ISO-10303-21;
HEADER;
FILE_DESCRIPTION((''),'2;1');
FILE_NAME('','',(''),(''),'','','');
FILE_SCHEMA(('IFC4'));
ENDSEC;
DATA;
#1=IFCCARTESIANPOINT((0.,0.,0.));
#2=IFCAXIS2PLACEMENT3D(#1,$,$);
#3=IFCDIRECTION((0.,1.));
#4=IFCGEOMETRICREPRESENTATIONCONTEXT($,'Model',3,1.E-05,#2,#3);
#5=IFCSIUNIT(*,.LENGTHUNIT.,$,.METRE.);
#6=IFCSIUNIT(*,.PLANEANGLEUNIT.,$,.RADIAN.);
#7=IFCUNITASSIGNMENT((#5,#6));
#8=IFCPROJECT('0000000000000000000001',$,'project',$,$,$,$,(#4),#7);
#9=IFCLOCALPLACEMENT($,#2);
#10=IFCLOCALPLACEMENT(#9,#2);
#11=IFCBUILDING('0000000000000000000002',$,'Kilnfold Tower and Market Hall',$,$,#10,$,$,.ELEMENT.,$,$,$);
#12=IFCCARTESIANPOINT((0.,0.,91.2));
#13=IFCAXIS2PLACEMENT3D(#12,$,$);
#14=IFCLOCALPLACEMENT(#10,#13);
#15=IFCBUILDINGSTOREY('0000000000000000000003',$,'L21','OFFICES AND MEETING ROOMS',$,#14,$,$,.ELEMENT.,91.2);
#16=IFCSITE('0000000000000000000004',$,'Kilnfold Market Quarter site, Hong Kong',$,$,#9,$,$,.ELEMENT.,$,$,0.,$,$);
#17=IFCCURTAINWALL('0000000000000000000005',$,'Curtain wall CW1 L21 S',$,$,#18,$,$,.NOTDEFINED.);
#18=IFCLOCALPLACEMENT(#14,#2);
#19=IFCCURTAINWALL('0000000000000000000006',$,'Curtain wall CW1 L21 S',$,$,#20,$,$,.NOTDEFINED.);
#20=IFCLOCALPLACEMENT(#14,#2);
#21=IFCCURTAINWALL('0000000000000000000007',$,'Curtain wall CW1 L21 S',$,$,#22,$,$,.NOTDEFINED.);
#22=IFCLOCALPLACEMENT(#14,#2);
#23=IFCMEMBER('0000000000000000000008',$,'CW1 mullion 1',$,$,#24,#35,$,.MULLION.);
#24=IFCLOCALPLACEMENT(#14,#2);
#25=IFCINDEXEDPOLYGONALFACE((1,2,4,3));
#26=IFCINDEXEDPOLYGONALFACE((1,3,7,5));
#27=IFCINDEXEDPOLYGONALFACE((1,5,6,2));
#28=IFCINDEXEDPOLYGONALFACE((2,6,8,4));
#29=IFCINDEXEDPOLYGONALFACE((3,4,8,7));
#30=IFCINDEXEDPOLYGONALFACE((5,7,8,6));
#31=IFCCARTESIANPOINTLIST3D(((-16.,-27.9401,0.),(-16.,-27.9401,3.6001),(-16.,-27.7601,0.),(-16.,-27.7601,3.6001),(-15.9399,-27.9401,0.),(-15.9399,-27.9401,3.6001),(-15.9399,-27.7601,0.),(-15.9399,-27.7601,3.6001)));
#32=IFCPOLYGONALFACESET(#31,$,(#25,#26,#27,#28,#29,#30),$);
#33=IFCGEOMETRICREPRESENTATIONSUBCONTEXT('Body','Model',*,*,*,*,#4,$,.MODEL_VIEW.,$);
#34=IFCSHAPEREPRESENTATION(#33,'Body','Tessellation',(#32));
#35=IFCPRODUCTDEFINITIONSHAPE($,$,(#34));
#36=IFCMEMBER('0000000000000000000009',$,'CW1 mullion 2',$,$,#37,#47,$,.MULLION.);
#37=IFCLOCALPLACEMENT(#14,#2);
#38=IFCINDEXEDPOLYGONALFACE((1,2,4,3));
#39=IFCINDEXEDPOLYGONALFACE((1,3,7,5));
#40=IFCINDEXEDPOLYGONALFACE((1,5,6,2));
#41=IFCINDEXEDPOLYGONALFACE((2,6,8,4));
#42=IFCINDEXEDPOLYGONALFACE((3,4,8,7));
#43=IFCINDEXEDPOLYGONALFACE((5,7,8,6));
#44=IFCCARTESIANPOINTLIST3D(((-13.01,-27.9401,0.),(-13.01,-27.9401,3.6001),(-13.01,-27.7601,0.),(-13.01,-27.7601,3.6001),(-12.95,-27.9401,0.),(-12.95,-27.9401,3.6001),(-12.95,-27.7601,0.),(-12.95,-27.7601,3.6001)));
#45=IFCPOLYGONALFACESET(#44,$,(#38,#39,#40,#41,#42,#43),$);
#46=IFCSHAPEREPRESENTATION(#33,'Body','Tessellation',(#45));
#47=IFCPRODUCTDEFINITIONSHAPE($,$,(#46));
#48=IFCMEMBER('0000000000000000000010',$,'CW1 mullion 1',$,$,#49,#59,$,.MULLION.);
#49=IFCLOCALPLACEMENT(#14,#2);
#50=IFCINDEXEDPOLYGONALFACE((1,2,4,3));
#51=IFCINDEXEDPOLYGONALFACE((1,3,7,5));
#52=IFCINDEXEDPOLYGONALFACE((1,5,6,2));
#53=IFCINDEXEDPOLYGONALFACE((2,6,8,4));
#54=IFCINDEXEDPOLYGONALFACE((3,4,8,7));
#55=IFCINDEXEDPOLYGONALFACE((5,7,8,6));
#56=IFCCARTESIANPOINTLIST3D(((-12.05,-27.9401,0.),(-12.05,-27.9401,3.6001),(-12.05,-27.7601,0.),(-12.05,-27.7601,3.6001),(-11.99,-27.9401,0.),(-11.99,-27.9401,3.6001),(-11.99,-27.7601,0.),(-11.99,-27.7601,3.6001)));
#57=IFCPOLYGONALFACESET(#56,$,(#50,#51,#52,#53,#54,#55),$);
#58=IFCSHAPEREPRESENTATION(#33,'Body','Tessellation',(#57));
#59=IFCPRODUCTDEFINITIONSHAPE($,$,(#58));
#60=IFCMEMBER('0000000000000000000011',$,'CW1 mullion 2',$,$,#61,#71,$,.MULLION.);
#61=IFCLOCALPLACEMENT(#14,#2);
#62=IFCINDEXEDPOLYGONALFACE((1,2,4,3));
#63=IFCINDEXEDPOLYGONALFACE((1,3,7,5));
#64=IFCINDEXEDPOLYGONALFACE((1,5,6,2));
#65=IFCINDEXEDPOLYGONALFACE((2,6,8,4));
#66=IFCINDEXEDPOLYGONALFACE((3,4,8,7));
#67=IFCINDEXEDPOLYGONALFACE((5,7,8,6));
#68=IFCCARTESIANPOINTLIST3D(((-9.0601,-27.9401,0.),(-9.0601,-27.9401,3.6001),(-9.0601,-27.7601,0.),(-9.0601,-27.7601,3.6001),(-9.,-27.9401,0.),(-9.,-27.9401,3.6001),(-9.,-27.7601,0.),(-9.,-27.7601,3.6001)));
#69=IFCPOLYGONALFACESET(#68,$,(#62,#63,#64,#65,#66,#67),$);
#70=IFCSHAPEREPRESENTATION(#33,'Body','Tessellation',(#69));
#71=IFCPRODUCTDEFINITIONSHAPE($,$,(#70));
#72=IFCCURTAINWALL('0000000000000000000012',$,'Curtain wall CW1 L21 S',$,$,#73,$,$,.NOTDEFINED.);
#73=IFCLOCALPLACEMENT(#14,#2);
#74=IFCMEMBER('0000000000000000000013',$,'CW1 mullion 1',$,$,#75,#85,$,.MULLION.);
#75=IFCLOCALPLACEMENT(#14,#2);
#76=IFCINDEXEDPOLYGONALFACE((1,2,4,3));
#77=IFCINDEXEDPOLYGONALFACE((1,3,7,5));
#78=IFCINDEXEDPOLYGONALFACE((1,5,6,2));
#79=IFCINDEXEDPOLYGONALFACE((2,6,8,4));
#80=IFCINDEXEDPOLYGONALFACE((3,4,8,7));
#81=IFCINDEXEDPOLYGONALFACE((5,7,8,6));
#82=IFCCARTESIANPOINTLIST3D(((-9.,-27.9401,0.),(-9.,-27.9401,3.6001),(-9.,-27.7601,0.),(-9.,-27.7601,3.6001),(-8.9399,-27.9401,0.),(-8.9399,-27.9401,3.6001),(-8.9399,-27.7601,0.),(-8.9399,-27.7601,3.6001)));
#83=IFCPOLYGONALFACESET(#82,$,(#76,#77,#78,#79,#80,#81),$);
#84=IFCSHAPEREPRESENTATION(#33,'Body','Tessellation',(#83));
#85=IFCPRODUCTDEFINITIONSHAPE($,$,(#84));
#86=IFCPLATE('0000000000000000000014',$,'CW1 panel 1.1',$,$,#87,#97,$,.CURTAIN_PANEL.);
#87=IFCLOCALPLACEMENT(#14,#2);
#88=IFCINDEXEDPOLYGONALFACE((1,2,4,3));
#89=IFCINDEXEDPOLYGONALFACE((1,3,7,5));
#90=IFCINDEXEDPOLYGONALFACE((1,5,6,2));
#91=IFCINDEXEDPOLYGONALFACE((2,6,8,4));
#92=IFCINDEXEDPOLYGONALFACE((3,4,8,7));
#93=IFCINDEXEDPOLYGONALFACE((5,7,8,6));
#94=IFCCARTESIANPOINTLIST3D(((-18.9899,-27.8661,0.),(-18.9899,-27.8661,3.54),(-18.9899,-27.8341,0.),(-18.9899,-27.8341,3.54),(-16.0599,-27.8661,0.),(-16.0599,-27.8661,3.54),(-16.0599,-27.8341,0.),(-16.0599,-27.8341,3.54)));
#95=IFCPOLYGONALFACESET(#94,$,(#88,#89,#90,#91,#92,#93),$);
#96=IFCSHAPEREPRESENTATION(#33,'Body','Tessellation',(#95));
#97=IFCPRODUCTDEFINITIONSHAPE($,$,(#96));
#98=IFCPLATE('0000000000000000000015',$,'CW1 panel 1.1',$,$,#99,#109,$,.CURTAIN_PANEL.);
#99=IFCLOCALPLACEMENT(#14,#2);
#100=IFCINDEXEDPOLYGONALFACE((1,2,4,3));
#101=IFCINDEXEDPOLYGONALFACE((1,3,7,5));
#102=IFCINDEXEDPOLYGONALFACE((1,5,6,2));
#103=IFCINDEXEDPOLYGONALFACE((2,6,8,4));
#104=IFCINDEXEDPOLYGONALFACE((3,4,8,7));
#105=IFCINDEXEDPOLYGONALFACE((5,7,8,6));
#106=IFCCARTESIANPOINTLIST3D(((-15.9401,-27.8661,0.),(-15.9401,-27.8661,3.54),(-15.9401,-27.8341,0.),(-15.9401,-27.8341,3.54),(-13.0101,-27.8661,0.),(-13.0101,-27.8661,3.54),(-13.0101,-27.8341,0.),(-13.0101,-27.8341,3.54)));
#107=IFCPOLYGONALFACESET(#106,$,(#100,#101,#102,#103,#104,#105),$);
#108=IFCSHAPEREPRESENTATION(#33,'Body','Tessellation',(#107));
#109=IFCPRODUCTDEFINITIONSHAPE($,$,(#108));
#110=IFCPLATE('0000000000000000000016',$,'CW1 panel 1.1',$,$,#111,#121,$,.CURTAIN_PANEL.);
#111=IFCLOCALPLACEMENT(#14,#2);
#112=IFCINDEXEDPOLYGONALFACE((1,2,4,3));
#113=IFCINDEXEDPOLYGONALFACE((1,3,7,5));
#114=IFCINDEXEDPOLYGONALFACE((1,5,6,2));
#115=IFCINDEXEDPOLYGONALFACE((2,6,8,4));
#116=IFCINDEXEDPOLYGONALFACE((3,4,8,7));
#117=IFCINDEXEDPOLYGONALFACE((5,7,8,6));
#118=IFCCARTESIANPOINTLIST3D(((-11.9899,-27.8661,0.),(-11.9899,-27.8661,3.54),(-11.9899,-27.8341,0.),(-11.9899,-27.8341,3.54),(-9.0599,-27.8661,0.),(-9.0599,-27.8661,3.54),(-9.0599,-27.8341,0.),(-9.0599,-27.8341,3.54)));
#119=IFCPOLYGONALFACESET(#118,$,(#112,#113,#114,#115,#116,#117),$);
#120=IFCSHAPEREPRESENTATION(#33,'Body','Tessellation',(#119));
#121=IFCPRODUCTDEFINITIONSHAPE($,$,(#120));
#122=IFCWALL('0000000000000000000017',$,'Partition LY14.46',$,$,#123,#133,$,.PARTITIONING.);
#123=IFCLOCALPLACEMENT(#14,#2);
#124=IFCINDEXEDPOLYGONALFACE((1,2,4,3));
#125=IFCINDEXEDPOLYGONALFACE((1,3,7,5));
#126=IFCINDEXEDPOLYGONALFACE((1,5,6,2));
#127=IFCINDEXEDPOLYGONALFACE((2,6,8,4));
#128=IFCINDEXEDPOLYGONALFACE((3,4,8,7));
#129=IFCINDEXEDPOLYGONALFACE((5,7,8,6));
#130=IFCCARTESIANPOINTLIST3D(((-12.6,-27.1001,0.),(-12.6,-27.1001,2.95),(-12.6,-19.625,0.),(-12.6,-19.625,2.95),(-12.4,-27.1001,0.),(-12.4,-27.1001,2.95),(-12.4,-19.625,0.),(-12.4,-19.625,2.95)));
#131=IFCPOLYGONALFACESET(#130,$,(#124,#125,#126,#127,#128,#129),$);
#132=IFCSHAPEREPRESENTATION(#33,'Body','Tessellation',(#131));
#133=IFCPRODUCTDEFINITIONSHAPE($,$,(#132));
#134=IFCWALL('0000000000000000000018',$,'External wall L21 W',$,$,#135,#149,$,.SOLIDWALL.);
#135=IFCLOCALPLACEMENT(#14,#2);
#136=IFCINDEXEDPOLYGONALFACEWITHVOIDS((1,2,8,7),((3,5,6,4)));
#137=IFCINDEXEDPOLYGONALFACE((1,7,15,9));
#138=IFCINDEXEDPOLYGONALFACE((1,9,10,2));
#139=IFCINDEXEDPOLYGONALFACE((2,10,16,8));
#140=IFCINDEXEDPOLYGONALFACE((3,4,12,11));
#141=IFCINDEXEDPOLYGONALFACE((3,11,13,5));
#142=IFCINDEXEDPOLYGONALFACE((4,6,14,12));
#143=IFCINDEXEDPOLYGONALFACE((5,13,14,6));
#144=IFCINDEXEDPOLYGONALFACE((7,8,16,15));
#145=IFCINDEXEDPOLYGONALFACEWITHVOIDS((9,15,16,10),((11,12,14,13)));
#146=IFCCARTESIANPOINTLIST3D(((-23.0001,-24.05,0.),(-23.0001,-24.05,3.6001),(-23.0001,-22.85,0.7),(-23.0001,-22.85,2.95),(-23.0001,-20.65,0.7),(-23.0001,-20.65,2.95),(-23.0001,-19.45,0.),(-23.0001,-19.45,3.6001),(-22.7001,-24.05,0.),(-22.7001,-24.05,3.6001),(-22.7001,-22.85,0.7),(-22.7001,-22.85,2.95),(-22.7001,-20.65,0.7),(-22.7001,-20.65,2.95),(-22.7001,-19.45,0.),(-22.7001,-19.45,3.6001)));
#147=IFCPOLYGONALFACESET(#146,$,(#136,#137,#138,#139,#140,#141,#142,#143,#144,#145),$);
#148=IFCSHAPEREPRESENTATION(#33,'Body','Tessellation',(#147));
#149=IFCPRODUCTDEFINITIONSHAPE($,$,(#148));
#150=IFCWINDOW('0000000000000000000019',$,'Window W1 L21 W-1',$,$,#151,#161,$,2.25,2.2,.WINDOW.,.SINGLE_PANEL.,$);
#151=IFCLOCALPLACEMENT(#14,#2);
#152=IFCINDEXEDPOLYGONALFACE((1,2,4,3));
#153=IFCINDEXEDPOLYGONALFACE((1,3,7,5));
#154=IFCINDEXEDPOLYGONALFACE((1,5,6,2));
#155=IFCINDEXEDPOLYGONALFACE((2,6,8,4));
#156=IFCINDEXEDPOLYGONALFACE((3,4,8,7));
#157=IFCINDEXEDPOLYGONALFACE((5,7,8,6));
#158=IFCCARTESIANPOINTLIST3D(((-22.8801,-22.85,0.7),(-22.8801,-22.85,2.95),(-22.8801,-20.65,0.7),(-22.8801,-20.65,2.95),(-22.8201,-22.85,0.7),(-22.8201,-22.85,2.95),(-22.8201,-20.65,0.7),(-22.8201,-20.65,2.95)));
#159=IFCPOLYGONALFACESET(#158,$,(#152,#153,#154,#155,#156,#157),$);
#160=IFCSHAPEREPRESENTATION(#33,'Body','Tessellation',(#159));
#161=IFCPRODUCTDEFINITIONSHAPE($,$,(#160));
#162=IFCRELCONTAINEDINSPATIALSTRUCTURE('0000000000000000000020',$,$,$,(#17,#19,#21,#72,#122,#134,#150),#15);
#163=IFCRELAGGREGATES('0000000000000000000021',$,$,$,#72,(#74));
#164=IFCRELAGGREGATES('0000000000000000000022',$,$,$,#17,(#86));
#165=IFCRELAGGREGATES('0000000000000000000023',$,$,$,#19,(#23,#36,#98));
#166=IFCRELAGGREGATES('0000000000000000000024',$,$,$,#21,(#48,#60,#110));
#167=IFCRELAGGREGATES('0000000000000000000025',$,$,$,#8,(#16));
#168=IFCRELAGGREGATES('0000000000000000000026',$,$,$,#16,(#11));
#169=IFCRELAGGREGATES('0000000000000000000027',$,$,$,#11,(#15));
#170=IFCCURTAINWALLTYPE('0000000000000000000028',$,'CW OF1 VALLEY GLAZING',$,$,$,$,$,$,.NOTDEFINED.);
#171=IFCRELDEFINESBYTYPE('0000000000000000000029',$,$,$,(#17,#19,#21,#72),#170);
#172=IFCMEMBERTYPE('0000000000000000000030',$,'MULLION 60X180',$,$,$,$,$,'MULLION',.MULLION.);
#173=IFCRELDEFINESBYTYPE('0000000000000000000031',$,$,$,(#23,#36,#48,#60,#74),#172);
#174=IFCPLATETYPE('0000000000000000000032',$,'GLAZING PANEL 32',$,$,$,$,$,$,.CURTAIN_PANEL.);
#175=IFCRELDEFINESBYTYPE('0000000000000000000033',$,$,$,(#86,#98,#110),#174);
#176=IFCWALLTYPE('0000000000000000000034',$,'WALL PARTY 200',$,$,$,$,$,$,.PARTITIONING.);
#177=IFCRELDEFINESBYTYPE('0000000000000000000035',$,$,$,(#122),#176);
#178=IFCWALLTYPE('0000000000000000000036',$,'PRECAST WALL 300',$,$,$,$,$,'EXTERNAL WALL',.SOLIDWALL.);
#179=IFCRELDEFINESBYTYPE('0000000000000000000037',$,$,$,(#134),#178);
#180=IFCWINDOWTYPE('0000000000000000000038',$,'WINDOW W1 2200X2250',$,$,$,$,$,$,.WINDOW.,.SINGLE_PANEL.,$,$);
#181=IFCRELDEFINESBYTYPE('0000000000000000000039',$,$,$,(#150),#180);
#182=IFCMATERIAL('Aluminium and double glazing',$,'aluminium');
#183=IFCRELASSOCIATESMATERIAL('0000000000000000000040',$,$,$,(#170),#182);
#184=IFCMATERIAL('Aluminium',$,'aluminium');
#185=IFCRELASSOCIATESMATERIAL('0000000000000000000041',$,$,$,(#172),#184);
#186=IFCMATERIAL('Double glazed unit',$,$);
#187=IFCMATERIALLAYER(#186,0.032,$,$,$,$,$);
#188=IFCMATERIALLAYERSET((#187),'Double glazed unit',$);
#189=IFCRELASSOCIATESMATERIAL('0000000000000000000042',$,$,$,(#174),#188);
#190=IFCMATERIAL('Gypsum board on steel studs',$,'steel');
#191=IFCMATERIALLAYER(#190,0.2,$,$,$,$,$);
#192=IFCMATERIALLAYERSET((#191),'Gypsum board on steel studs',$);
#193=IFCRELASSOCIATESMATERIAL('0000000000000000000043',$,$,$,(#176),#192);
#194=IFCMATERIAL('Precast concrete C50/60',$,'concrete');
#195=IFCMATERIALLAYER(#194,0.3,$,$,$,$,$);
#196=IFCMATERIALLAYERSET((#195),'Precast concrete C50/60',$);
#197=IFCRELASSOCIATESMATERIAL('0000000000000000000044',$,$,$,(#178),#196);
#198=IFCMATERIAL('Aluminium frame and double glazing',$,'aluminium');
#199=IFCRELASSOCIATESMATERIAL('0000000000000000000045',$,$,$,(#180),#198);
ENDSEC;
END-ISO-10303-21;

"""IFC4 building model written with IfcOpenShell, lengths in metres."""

from ifc_helpers import new_model, si_unit, direction, frame, frame_2d, origin, origin_2d, place, context, subcontext, project, spatial, rectangle, extrude, source, transform, mapped, material, layer, layer_set, material_profile, profile_set, type_object, element, fill, aggregate, save


model = new_model("IFC4")

# Units and contexts
model_context = context("Model", 3, precision=1e-05, world=origin(), true_north=direction((0.0, 1.0)))
body_context = subcontext(model_context, "Body", "Model", "MODEL_VIEW")
ifc_project = project(units=[si_unit("LENGTHUNIT", "METRE"), si_unit("PLANEANGLEUNIT", "RADIAN")], contexts=[model_context])

# Site, building, storey
site_placement = place(None, origin())
site = spatial("IfcSite", under=ifc_project, at=site_placement, Name="Kilnfold Market Quarter site, Hong Kong", CompositionType="ELEMENT", RefElevation=0.0)
building_placement = place(site_placement, origin())
building = spatial("IfcBuilding", under=site, at=building_placement, Name="Kilnfold Tower and Market Hall", CompositionType="ELEMENT")
storey_placement = place(building_placement, frame((0.0, 0.0, 91.2)))
storey = spatial("IfcBuildingStorey", under=building, at=storey_placement, Name="L21", Description="OFFICES AND MEETING ROOMS", CompositionType="ELEMENT", Elevation=91.2)

# Curtain walls
ifc_material_1 = material(Name="Aluminium and double glazing", Category="aluminium")
curtain_wall_type = type_object("IfcCurtainWallType", Name="CW OF1 VALLEY GLAZING", PredefinedType="NOTDEFINED", material=ifc_material_1)
curtain_wall_1_placement = place(storey_placement, origin())
curtain_wall_1 = element("IfcCurtainWall", 1, at=curtain_wall_1_placement, inside=storey, type_object=curtain_wall_type, Name="Curtain wall CW1 L21 S", PredefinedType="NOTDEFINED")
curtain_wall_2_placement = place(storey_placement, origin())
curtain_wall_2 = element("IfcCurtainWall", 2, at=curtain_wall_2_placement, inside=storey, type_object=curtain_wall_type, Name="Curtain wall CW1 L21 S", PredefinedType="NOTDEFINED")
curtain_wall_3_placement = place(storey_placement, origin())
curtain_wall_3 = element("IfcCurtainWall", 3, at=curtain_wall_3_placement, inside=storey, type_object=curtain_wall_type, Name="Curtain wall CW1 L21 S", PredefinedType="NOTDEFINED")

# Members
ifc_material_2 = material(Name="Aluminium", Category="aluminium")
ifc_material_profile_1 = material_profile(ifc_material_2, rectangle(XDim=0.0601, YDim=0.1799, at=origin_2d()), Name="MULLION 60x180")
ifc_profile_set_1 = profile_set([ifc_material_profile_1], Name="Aluminium")
member_type_1 = type_object("IfcMemberType", Name="MULLION 60X180", ElementType="MULLION", PredefinedType="MULLION", material=ifc_profile_set_1)
shared_shape_1 = source(origin(), body_context, "Body", "SweptSolid", [
    extrude(rectangle(XDim=0.0601, YDim=0.1799, at=origin_2d()), origin(), (0.0, 0.0, 1.0), 3.6001),
])
member_1_placement = place(storey_placement, frame((-15.97, -27.8501, 0.0), z_axis=(0.0, 0.0, 1.0), x_axis=(1.0, 0.0, 0.0)))
member_1 = element("IfcMember", 4, at=member_1_placement, type_object=member_type_1, Name="CW1 mullion 1", PredefinedType="MULLION", context=body_context, shape_type="MappedRepresentation", body=[
    mapped(shared_shape_1, transform((0.0, 0.0, 0.0))),
])
member_2_placement = place(storey_placement, frame((-12.98, -27.8501, 0.0), z_axis=(0.0, 0.0, 1.0), x_axis=(1.0, 0.0, 0.0)))
member_2 = element("IfcMember", 5, at=member_2_placement, type_object=member_type_1, Name="CW1 mullion 2", PredefinedType="MULLION", context=body_context, shape_type="MappedRepresentation", body=[
    mapped(shared_shape_1, transform((0.0, 0.0, 0.0))),
])
member_3_placement = place(storey_placement, frame((-12.02, -27.8501, 0.0), z_axis=(0.0, 0.0, 1.0), x_axis=(1.0, 0.0, 0.0)))
member_3 = element("IfcMember", 6, at=member_3_placement, type_object=member_type_1, Name="CW1 mullion 1", PredefinedType="MULLION", context=body_context, shape_type="MappedRepresentation", body=[
    mapped(shared_shape_1, transform((0.0, 0.0, 0.0))),
])
member_4_placement = place(storey_placement, frame((-9.03, -27.8501, 0.0), z_axis=(0.0, 0.0, 1.0), x_axis=(1.0, 0.0, 0.0)))
member_4 = element("IfcMember", 7, at=member_4_placement, type_object=member_type_1, Name="CW1 mullion 2", PredefinedType="MULLION", context=body_context, shape_type="MappedRepresentation", body=[
    mapped(shared_shape_1, transform((0.0, 0.0, 0.0))),
])

# Curtain wall, member
curtain_wall_4_placement = place(storey_placement, origin())
curtain_wall_4 = element("IfcCurtainWall", 8, at=curtain_wall_4_placement, inside=storey, type_object=curtain_wall_type, Name="Curtain wall CW1 L21 S", PredefinedType="NOTDEFINED")
member_5_placement = place(storey_placement, frame((-8.97, -27.8501, 0.0), z_axis=(0.0, 0.0, 1.0), x_axis=(1.0, 0.0, 0.0)))
member_5 = element("IfcMember", 9, at=member_5_placement, type_object=member_type_1, Name="CW1 mullion 1", PredefinedType="MULLION", context=body_context, shape_type="MappedRepresentation", body=[
    mapped(shared_shape_1, transform((0.0, 0.0, 0.0))),
])
aggregate(curtain_wall_4, [member_5])

# Plates
ifc_material_3 = material(Name="Double glazed unit")
ifc_layer_1 = layer(ifc_material_3, 0.032)
ifc_layer_set_1 = layer_set([ifc_layer_1], Name="Double glazed unit")
plate_type = type_object("IfcPlateType", Name="GLAZING PANEL 32", PredefinedType="CURTAIN_PANEL", material=ifc_layer_set_1)
shared_shape_2 = source(origin(), body_context, "Body", "SweptSolid", [
    extrude(rectangle(XDim=2.9299, YDim=0.032, at=origin_2d()), origin(), (0.0, 0.0, 1.0), 3.54),
])
plate_1_placement = place(storey_placement, frame((-17.5249, -27.8501, 0.0), z_axis=(0.0, 0.0, 1.0), x_axis=(1.0, 0.0, 0.0)))
plate_1 = element("IfcPlate", 10, at=plate_1_placement, type_object=plate_type, Name="CW1 panel 1.1", PredefinedType="CURTAIN_PANEL", context=body_context, shape_type="MappedRepresentation", body=[
    mapped(shared_shape_2, transform((0.0, 0.0, 0.0))),
])
aggregate(curtain_wall_1, [plate_1])
plate_2_placement = place(storey_placement, frame((-14.4751, -27.8501, 0.0), z_axis=(0.0, 0.0, 1.0), x_axis=(1.0, 0.0, 0.0)))
plate_2 = element("IfcPlate", 11, at=plate_2_placement, type_object=plate_type, Name="CW1 panel 1.1", PredefinedType="CURTAIN_PANEL", context=body_context, shape_type="MappedRepresentation", body=[
    mapped(shared_shape_2, transform((0.0, 0.0, 0.0))),
])
aggregate(curtain_wall_2, [member_1, member_2, plate_2])
plate_3_placement = place(storey_placement, frame((-10.5249, -27.8501, 0.0), z_axis=(0.0, 0.0, 1.0), x_axis=(1.0, 0.0, 0.0)))
plate_3 = element("IfcPlate", 12, at=plate_3_placement, type_object=plate_type, Name="CW1 panel 1.1", PredefinedType="CURTAIN_PANEL", context=body_context, shape_type="MappedRepresentation", body=[
    mapped(shared_shape_2, transform((0.0, 0.0, 0.0))),
])
aggregate(curtain_wall_3, [member_3, member_4, plate_3])

# Wall
ifc_material_4 = material(Name="Gypsum board on steel studs", Category="steel")
ifc_layer_2 = layer(ifc_material_4, 0.2)
ifc_layer_set_2 = layer_set([ifc_layer_2], Name="Gypsum board on steel studs")
wall_type_1 = type_object("IfcWallType", Name="WALL PARTY 200", PredefinedType="PARTITIONING", material=ifc_layer_set_2)
wall_1_placement = place(storey_placement, frame((-12.5, -27.1001, 0.0), z_axis=(0.0, 0.0, 1.0), x_axis=(0.0, 1.0, 0.0)))
element("IfcWall", 13, at=wall_1_placement, inside=storey, type_object=wall_type_1, Name="Partition LY14.46", PredefinedType="PARTITIONING", context=body_context, shape_type="SweptSolid", body=[
    extrude(rectangle(XDim=7.4751, YDim=0.2, at=frame_2d((3.7375, 0.0))), origin(), (0.0, 0.0, 1.0), 2.95),
])

# Wall, opening, window
ifc_material_5 = material(Name="Precast concrete C50/60", Category="concrete")
ifc_layer_3 = layer(ifc_material_5, 0.3)
ifc_layer_set_3 = layer_set([ifc_layer_3], Name="Precast concrete C50/60")
wall_type_2 = type_object("IfcWallType", Name="PRECAST WALL 300", ElementType="EXTERNAL WALL", PredefinedType="SOLIDWALL", material=ifc_layer_set_3)
shared_shape_3 = source(origin(), body_context, "Body", "SweptSolid", [
    extrude(rectangle(XDim=4.6001, YDim=0.3, at=frame_2d((2.3, 0.0))), origin(), (0.0, 0.0, 1.0), 3.6001),
])
wall_2_placement = place(storey_placement, frame((-22.8501, -19.45, 0.0), z_axis=(0.0, 0.0, 1.0), x_axis=(0.0, -1.0, 0.0)))
wall_2 = element("IfcWall", 14, at=wall_2_placement, inside=storey, type_object=wall_type_2, Name="External wall L21 W", PredefinedType="SOLIDWALL", context=body_context, shape_type="MappedRepresentation", body=[
    mapped(shared_shape_3, transform((0.0, 0.0, 0.0))),
])
opening_1_placement = place(wall_2_placement, frame((1.2, 0.0, 0.7)))
opening_1 = element("IfcOpeningElement", 15, at=opening_1_placement, cuts=wall_2, PredefinedType="OPENING", context=body_context, shape_type="SweptSolid", body=[
    extrude(rectangle(XDim=2.2, YDim=2.25, at=frame_2d((1.1001, 1.125))), frame((0.0, 0.1602, 0.0), z_axis=(0.0, -1.0, 0.0), x_axis=(1.0, 0.0, 0.0)), (0.0, 0.0, 1.0), 0.3201),
])
ifc_material_6 = material(Name="Aluminium frame and double glazing", Category="aluminium")
window_type = type_object("IfcWindowType", Name="WINDOW W1 2200X2250", PartitioningType="SINGLE_PANEL", PredefinedType="WINDOW", material=ifc_material_6)
window_1_placement = place(opening_1_placement, origin())
window_1 = element("IfcWindow", 16, at=window_1_placement, inside=storey, type_object=window_type, Name="Window W1 L21 W-1", OverallHeight=2.25, OverallWidth=2.2, PartitioningType="SINGLE_PANEL", PredefinedType="WINDOW", context=body_context, shape_type="SweptSolid", body=[
    extrude(rectangle(XDim=2.2, YDim=2.25, at=frame_2d((1.1001, 1.125))), frame((0.0, 0.03, 0.0), z_axis=(0.0, -1.0, 0.0), x_axis=(1.0, 0.0, 0.0)), (0.0, 0.0, 1.0), 0.0601),
])
fill(opening_1, window_1)

save(model, "model.ifc")
